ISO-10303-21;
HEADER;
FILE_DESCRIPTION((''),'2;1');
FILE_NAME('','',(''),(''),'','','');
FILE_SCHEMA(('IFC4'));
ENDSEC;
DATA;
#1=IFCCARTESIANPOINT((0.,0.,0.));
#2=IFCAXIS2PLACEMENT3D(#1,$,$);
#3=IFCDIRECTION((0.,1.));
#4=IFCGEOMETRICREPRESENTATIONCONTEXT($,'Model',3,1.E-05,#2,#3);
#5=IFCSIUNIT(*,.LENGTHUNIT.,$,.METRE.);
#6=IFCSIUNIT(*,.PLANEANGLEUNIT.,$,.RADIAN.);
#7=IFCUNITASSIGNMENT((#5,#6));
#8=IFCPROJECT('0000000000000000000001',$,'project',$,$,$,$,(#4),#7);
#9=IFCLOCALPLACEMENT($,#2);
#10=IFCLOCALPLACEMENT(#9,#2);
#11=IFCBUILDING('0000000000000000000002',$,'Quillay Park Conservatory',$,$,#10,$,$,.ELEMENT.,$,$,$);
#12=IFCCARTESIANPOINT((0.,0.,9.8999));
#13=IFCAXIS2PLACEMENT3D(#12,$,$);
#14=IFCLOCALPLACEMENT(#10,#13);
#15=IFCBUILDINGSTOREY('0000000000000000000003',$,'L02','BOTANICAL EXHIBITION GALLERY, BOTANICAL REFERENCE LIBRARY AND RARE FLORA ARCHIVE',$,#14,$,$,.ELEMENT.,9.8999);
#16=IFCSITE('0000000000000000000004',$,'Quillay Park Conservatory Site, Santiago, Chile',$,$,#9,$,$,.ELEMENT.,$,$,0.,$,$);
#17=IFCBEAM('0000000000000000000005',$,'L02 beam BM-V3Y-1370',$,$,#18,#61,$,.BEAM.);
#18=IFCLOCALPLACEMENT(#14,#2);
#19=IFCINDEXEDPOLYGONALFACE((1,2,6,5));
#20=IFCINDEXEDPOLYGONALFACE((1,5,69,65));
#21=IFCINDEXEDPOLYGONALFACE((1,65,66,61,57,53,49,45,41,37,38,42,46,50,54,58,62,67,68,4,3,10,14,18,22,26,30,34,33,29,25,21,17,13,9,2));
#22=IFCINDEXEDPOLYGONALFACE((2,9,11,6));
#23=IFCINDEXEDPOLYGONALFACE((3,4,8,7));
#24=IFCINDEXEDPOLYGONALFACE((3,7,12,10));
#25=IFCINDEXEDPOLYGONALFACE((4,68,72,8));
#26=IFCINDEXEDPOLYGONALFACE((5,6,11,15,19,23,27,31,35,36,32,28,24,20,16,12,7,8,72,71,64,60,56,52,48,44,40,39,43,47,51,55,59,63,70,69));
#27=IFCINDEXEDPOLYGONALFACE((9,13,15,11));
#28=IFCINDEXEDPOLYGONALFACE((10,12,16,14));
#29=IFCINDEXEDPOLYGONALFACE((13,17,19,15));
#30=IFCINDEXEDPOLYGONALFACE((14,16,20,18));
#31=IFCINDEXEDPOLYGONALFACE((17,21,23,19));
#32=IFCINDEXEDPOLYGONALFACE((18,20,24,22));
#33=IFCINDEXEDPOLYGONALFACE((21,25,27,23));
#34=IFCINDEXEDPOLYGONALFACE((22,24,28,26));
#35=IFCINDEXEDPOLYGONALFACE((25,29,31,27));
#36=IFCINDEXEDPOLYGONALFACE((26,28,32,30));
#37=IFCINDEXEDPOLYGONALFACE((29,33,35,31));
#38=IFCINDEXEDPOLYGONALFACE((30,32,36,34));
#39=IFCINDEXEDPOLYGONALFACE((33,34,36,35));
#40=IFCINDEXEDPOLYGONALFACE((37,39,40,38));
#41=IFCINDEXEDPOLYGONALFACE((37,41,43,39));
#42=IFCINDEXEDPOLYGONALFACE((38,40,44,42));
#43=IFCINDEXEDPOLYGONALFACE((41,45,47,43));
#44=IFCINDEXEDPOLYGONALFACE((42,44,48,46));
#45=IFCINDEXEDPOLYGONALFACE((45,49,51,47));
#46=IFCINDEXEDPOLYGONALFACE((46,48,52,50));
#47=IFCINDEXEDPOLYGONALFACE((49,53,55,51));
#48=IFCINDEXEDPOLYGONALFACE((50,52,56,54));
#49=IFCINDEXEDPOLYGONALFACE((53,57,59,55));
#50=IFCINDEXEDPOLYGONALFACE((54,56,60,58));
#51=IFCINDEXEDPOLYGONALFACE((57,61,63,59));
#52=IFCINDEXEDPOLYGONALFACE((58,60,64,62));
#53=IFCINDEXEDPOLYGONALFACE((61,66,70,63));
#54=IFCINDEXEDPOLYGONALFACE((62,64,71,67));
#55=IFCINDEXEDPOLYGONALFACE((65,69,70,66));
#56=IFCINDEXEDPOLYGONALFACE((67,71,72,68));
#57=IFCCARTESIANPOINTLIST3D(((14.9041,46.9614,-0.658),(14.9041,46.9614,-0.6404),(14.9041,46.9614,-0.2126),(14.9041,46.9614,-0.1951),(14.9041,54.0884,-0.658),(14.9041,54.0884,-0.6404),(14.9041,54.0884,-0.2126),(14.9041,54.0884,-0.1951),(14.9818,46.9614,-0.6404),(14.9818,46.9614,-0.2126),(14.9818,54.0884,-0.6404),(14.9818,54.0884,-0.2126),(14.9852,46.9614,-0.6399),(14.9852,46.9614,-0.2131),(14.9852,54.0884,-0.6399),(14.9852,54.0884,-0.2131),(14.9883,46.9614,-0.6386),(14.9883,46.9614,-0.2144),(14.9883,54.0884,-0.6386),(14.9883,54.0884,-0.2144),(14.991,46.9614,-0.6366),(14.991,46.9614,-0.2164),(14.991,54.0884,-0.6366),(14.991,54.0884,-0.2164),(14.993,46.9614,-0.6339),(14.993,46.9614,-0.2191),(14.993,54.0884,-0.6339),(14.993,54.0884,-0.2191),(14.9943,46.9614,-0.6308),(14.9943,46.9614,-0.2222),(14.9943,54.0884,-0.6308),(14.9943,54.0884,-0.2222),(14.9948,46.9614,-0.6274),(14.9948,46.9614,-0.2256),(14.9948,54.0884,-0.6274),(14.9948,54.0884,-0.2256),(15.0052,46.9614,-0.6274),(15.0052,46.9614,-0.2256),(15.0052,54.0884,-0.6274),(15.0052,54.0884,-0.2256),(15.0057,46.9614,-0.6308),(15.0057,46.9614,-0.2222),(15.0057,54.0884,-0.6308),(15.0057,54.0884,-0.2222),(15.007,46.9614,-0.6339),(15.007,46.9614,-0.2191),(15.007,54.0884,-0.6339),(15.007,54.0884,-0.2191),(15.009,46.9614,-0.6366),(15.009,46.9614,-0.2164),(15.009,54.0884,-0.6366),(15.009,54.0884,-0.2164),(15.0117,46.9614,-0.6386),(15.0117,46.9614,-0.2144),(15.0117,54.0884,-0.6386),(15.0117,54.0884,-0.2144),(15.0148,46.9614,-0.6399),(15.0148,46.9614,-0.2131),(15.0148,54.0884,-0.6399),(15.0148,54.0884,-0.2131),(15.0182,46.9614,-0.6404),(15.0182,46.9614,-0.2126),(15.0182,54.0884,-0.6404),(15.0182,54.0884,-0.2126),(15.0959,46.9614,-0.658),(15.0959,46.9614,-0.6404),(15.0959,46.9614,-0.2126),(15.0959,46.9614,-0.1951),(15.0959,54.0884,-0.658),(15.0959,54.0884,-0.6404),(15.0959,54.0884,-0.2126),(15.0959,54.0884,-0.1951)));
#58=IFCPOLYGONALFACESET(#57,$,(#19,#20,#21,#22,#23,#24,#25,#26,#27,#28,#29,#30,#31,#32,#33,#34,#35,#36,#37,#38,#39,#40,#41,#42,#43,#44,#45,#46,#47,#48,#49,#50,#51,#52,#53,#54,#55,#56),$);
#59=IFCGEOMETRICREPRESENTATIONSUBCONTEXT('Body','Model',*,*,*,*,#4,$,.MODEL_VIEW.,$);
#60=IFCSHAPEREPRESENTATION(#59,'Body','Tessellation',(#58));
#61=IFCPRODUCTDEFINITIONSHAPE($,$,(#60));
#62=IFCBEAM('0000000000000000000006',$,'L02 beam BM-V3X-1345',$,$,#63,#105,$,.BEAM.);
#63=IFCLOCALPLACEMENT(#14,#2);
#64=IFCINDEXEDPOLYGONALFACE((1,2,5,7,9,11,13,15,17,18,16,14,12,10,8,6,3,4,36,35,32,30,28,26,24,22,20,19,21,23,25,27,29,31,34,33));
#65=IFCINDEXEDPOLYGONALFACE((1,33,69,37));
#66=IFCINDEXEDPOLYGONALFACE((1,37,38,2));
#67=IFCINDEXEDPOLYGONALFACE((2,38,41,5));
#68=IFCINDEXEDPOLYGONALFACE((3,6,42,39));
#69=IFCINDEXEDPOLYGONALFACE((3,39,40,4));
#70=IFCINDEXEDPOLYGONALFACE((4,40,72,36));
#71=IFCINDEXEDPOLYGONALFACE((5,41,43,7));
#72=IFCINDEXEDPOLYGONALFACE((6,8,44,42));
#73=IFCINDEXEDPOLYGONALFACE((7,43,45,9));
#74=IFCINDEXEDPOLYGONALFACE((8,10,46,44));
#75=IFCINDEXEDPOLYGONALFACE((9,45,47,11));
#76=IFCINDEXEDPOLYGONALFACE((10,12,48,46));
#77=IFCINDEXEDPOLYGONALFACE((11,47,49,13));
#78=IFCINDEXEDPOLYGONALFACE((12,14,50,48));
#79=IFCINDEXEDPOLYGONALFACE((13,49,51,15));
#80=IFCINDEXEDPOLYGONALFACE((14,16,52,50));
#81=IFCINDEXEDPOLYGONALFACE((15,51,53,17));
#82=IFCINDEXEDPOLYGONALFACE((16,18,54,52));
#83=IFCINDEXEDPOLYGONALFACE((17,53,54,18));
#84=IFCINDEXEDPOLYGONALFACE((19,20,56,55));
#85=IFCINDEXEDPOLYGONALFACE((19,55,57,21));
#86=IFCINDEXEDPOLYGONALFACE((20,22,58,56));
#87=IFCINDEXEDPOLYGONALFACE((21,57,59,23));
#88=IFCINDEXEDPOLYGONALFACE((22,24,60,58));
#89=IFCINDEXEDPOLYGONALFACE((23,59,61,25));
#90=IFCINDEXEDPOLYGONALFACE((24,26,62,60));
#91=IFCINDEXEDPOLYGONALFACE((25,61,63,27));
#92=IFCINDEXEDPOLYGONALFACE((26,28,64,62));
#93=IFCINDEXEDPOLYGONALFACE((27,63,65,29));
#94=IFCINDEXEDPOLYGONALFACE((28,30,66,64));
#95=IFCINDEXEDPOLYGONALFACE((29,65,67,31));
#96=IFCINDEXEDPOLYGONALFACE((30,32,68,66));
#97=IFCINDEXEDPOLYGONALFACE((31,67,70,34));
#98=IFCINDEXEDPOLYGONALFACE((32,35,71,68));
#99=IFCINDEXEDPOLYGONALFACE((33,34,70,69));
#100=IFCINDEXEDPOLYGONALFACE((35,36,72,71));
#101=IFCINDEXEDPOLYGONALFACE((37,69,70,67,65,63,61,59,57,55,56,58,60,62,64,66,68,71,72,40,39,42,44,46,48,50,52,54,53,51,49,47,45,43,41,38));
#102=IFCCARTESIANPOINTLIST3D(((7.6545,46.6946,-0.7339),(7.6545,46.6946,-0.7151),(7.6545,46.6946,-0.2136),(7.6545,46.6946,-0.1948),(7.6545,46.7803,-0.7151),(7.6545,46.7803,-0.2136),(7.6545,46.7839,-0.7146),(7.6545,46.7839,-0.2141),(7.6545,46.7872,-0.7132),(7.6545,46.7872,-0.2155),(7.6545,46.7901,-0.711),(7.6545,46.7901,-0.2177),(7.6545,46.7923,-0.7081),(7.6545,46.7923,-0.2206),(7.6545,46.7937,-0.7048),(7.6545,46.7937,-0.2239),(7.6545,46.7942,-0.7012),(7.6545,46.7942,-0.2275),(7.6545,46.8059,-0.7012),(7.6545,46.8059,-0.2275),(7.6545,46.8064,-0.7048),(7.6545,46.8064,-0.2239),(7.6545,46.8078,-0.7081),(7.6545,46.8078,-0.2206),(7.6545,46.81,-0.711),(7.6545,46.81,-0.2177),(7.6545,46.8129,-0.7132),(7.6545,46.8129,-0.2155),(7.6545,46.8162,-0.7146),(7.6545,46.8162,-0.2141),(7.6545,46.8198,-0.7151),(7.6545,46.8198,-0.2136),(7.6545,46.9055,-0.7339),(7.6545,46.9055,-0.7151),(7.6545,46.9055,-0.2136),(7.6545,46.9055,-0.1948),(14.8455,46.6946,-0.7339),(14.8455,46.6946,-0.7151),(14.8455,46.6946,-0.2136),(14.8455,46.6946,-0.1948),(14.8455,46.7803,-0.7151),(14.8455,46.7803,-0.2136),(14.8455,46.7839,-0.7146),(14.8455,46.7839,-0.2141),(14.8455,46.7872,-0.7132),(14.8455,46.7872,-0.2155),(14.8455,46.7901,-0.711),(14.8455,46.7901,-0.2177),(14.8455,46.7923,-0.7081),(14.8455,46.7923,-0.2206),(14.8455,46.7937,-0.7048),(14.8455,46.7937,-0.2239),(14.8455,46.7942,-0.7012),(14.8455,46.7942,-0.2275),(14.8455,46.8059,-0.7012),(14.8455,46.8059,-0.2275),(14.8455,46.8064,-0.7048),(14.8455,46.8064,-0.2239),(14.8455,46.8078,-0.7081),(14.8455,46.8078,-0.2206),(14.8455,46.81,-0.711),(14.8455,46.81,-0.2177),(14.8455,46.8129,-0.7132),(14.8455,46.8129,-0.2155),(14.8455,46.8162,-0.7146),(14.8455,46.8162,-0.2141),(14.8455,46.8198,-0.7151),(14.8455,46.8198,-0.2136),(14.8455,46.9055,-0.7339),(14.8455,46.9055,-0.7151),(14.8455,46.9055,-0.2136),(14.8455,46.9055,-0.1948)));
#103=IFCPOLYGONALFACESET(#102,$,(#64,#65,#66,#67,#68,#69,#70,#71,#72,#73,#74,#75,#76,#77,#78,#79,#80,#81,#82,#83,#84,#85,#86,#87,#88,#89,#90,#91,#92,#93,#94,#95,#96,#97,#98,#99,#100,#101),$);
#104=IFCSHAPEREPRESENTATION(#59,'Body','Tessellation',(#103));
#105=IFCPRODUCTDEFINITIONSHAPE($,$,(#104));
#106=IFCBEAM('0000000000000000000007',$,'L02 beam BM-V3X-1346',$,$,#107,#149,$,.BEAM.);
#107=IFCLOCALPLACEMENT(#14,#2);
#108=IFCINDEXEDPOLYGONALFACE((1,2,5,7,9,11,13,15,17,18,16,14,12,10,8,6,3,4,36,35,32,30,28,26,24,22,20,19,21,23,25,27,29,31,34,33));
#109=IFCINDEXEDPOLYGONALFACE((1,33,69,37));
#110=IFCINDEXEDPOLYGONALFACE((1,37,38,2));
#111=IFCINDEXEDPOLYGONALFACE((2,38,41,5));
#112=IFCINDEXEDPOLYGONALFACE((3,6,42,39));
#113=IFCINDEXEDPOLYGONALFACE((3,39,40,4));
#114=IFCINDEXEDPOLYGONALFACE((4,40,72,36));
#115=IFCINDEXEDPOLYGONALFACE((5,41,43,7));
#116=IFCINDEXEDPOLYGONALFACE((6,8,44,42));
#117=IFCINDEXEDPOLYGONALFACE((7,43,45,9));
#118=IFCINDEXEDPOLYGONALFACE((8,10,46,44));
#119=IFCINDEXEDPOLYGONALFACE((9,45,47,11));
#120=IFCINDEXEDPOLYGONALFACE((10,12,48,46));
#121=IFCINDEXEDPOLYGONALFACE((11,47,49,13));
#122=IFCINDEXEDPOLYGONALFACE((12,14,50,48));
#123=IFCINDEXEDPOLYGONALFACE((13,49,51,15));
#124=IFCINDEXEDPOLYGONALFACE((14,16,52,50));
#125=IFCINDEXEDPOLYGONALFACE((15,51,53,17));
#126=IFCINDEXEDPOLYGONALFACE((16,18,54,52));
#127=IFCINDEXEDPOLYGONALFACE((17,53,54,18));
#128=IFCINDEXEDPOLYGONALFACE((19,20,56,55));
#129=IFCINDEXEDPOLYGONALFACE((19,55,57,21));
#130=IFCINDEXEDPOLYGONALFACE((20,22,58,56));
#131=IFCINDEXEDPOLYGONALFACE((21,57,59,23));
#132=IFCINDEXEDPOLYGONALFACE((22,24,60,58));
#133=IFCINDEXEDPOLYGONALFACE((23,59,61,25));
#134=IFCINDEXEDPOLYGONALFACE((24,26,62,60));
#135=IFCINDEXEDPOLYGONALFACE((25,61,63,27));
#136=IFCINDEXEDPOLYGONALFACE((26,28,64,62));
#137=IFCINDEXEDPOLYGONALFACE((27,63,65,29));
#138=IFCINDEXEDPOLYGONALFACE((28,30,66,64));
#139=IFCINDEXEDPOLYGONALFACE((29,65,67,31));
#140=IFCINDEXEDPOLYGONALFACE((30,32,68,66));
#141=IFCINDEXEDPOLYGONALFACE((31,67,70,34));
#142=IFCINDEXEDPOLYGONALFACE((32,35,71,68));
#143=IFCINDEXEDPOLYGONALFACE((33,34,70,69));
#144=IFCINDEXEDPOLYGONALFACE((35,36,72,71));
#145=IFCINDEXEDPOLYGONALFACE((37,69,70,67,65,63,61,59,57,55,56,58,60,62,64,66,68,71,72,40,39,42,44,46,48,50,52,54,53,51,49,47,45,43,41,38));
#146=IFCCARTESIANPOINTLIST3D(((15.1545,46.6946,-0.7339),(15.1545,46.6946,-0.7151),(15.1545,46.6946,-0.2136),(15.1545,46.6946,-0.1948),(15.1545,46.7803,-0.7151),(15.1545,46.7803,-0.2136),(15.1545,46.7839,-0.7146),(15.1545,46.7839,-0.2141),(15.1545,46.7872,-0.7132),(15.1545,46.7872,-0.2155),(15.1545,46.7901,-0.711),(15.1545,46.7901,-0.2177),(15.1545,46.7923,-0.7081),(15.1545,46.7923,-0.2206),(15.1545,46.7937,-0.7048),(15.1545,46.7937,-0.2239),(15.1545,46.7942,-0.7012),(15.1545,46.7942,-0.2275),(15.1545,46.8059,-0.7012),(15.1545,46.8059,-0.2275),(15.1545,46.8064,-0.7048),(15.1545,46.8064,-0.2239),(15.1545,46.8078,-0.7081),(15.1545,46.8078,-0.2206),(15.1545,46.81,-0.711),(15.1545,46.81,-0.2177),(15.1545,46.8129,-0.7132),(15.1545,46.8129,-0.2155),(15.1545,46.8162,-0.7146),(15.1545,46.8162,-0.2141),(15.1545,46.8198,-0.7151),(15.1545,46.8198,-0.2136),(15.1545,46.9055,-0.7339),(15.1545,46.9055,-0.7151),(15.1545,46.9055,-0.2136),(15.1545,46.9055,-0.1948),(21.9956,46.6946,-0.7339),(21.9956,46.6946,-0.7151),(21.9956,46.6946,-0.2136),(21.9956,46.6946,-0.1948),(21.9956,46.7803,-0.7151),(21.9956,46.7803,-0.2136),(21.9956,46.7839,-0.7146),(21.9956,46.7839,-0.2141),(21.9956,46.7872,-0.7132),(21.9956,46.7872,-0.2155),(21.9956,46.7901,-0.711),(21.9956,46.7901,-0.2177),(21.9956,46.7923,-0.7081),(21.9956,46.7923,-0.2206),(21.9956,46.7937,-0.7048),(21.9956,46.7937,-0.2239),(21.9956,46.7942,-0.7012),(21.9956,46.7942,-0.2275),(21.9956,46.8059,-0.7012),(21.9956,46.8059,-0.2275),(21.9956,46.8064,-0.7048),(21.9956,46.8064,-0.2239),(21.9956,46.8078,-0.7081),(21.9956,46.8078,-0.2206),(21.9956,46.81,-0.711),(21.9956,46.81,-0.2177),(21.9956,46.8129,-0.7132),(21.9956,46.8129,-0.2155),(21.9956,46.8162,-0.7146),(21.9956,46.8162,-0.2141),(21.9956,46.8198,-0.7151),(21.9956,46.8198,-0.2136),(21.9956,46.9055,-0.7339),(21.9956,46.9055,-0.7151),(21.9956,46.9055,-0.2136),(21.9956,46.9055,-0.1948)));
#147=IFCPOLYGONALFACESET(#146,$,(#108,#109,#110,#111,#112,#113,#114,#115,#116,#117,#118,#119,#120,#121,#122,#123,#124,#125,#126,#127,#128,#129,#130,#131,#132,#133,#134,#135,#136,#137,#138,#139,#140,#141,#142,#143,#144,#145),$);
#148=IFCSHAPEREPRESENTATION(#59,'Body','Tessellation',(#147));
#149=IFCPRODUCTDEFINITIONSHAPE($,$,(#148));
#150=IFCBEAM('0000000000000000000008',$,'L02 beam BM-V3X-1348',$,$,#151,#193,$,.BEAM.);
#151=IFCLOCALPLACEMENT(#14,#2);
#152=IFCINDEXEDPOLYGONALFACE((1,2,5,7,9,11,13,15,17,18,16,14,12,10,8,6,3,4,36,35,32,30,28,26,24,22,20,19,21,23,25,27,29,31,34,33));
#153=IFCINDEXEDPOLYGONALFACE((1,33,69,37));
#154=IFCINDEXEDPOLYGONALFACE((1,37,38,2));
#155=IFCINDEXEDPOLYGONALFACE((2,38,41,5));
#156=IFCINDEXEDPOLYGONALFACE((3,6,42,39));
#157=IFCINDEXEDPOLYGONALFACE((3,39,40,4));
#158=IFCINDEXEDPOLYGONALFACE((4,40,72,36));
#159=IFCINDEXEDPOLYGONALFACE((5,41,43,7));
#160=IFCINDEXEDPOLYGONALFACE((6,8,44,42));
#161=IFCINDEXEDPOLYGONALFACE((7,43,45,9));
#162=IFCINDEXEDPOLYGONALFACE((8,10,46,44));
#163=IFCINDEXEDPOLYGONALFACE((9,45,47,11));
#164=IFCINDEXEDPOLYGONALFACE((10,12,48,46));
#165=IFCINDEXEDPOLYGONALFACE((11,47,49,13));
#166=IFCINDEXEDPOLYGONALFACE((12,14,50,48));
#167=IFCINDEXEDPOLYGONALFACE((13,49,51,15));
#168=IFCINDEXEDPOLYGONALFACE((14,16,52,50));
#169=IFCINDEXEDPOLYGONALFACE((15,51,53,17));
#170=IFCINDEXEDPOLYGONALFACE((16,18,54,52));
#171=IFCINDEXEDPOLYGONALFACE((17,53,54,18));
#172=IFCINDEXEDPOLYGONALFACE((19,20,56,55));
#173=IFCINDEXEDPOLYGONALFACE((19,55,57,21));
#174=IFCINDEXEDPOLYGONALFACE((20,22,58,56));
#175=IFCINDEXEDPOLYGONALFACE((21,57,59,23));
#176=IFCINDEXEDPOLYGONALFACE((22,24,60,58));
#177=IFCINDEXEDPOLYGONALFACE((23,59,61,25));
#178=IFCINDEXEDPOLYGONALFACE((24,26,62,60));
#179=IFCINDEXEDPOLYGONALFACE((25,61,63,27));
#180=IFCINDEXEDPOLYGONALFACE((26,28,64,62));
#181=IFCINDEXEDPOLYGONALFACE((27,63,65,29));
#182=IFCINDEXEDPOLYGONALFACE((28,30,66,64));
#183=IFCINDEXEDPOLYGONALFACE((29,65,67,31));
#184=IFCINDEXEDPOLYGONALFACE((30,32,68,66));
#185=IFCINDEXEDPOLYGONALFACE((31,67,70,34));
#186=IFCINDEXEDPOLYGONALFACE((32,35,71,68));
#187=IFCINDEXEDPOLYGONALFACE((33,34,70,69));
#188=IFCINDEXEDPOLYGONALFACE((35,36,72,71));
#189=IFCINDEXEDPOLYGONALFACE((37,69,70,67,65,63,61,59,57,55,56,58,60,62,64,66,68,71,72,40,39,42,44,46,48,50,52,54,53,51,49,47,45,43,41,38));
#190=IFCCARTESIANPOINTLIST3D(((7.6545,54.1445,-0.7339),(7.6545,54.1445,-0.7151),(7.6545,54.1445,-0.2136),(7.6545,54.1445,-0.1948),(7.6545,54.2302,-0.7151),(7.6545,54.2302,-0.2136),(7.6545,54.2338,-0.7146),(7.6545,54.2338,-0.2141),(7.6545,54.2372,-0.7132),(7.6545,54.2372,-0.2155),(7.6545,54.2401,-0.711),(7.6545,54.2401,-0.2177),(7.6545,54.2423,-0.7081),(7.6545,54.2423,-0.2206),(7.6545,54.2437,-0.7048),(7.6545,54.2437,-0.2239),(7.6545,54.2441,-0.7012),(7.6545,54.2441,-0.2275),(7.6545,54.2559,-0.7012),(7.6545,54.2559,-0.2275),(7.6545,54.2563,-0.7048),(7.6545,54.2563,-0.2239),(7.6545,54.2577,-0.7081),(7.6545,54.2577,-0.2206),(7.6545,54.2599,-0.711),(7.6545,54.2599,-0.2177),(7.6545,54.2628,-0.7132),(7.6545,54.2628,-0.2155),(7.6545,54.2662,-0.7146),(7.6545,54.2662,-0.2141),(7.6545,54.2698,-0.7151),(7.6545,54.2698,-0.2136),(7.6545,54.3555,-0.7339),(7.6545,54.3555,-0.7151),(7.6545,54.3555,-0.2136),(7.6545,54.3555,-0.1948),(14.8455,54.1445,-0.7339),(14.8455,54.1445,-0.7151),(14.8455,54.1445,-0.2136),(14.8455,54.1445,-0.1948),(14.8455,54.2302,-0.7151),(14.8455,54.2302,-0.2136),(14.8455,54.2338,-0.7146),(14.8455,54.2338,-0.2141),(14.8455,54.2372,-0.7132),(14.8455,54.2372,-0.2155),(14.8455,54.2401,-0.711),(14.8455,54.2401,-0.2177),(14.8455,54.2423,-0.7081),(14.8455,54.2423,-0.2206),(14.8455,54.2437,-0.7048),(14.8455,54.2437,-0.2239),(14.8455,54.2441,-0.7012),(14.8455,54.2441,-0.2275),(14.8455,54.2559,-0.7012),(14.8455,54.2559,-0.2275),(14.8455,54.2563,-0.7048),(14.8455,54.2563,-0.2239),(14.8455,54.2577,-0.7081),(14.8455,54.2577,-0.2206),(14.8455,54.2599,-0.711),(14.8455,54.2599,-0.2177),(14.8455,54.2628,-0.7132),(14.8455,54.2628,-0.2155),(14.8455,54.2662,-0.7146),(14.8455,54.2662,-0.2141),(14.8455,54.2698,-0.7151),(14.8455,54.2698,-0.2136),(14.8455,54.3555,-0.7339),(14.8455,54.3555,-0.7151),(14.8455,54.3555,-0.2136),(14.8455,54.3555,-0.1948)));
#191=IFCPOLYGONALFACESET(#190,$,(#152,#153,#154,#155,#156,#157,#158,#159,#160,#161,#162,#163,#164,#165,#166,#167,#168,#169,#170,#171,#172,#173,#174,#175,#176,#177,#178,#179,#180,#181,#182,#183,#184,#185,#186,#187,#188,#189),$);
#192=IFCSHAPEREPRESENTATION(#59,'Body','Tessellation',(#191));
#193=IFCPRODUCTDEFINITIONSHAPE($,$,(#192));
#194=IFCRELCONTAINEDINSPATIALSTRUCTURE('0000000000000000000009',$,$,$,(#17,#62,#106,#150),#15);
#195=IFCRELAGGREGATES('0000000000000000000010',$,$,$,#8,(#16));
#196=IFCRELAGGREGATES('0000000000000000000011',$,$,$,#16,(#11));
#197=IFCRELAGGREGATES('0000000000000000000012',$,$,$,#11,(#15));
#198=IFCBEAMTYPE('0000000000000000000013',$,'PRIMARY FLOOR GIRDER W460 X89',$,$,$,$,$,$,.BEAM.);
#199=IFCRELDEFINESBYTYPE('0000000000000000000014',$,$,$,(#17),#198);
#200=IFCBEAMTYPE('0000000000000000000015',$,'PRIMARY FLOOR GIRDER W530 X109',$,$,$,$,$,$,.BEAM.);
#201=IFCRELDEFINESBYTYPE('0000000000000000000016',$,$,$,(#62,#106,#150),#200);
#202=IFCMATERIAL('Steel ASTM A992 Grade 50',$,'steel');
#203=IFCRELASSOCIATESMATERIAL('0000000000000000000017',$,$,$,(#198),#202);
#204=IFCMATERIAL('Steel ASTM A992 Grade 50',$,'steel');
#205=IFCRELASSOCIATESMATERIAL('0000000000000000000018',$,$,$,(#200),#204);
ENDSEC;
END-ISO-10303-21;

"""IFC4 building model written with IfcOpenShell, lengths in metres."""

from ifc_helpers import new_model, si_unit, direction, frame, origin, origin_2d, place, context, subcontext, project, spatial, i_section, extrude, material, material_profile, profile_set, type_object, element, save


model = new_model("IFC4")

# Units and contexts
model_context = context("Model", 3, precision=1e-05, world=origin(), true_north=direction((0.0, 1.0)))
body_context = subcontext(model_context, "Body", "Model", "MODEL_VIEW")
ifc_project = project(units=[si_unit("LENGTHUNIT", "METRE"), si_unit("PLANEANGLEUNIT", "RADIAN")], contexts=[model_context])

# Site, building, storey
site_placement = place(None, origin())
site = spatial("IfcSite", under=ifc_project, at=site_placement, Name="Quillay Park Conservatory Site, Santiago, Chile", CompositionType="ELEMENT", RefElevation=0.0)
building_placement = place(site_placement, origin())
building = spatial("IfcBuilding", under=site, at=building_placement, Name="Quillay Park Conservatory", CompositionType="ELEMENT")
storey_placement = place(building_placement, frame((0.0, 0.0, 9.8999)))
storey = spatial("IfcBuildingStorey", under=building, at=storey_placement, Name="L02", Description="BOTANICAL EXHIBITION GALLERY, BOTANICAL REFERENCE LIBRARY AND RARE FLORA ARCHIVE", CompositionType="ELEMENT", Elevation=9.8999)

# Beams
ifc_material_1 = material(Name="Steel ASTM A992 Grade 50", Category="steel")
ifc_material_profile_1 = material_profile(ifc_material_1, i_section(OverallWidth=0.1919, OverallDepth=0.4629, WebThickness=0.0105, FlangeThickness=0.0176, FilletRadius=0.0129, at=origin_2d()), Name="W460x89")
ifc_profile_set_1 = profile_set([ifc_material_profile_1], Name="Steel ASTM A992 Grade 50")
beam_type_1 = type_object("IfcBeamType", Name="PRIMARY FLOOR GIRDER W460 X89", PredefinedType="BEAM", material=ifc_profile_set_1)
beam_1_placement = place(storey_placement, frame((15.0, 46.9614, -0.4265), z_axis=(0.0, 1.0, 0.0), x_axis=(-1.0, 0.0, 0.0)))
element("IfcBeam", 1, at=beam_1_placement, inside=storey, type_object=beam_type_1, Name="L02 beam BM-V3Y-1370", PredefinedType="BEAM", context=body_context, shape_type="SweptSolid", body=[
    extrude(i_section(OverallWidth=0.1919, OverallDepth=0.4629, WebThickness=0.0105, FlangeThickness=0.0176, FilletRadius=0.0129, at=origin_2d()), origin(), (0.0, 0.0, 1.0), 7.127),
])
ifc_material_2 = material(Name="Steel ASTM A992 Grade 50", Category="steel")
ifc_material_profile_2 = material_profile(ifc_material_2, i_section(OverallWidth=0.2109, OverallDepth=0.5391, WebThickness=0.0117, FlangeThickness=0.0188, FilletRadius=0.0139, at=origin_2d()), Name="W530x109")
ifc_profile_set_2 = profile_set([ifc_material_profile_2], Name="Steel ASTM A992 Grade 50")
beam_type_2 = type_object("IfcBeamType", Name="PRIMARY FLOOR GIRDER W530 X109", PredefinedType="BEAM", material=ifc_profile_set_2)
beam_2_placement = place(storey_placement, frame((7.6545, 46.8, -0.4644), z_axis=(1.0, 0.0, 0.0), x_axis=(0.0, 1.0, 0.0)))
element("IfcBeam", 2, at=beam_2_placement, inside=storey, type_object=beam_type_2, Name="L02 beam BM-V3X-1345", PredefinedType="BEAM", context=body_context, shape_type="SweptSolid", body=[
    extrude(i_section(OverallWidth=0.2109, OverallDepth=0.5391, WebThickness=0.0117, FlangeThickness=0.0188, FilletRadius=0.0139, at=origin_2d()), origin(), (0.0, 0.0, 1.0), 7.1909),
])
beam_3_placement = place(storey_placement, frame((15.1545, 46.8, -0.4644), z_axis=(1.0, 0.0, 0.0), x_axis=(0.0, 1.0, 0.0)))
element("IfcBeam", 3, at=beam_3_placement, inside=storey, type_object=beam_type_2, Name="L02 beam BM-V3X-1346", PredefinedType="BEAM", context=body_context, shape_type="SweptSolid", body=[
    extrude(i_section(OverallWidth=0.2109, OverallDepth=0.5391, WebThickness=0.0117, FlangeThickness=0.0188, FilletRadius=0.0139, at=origin_2d()), origin(), (0.0, 0.0, 1.0), 6.8411),
])
beam_4_placement = place(storey_placement, frame((7.6545, 54.25, -0.4644), z_axis=(1.0, 0.0, 0.0), x_axis=(0.0, 1.0, 0.0)))
element("IfcBeam", 4, at=beam_4_placement, inside=storey, type_object=beam_type_2, Name="L02 beam BM-V3X-1348", PredefinedType="BEAM", context=body_context, shape_type="SweptSolid", body=[
    extrude(i_section(OverallWidth=0.2109, OverallDepth=0.5391, WebThickness=0.0117, FlangeThickness=0.0188, FilletRadius=0.0139, at=origin_2d()), origin(), (0.0, 0.0, 1.0), 7.1909),
])

save(model, "model.ifc")
